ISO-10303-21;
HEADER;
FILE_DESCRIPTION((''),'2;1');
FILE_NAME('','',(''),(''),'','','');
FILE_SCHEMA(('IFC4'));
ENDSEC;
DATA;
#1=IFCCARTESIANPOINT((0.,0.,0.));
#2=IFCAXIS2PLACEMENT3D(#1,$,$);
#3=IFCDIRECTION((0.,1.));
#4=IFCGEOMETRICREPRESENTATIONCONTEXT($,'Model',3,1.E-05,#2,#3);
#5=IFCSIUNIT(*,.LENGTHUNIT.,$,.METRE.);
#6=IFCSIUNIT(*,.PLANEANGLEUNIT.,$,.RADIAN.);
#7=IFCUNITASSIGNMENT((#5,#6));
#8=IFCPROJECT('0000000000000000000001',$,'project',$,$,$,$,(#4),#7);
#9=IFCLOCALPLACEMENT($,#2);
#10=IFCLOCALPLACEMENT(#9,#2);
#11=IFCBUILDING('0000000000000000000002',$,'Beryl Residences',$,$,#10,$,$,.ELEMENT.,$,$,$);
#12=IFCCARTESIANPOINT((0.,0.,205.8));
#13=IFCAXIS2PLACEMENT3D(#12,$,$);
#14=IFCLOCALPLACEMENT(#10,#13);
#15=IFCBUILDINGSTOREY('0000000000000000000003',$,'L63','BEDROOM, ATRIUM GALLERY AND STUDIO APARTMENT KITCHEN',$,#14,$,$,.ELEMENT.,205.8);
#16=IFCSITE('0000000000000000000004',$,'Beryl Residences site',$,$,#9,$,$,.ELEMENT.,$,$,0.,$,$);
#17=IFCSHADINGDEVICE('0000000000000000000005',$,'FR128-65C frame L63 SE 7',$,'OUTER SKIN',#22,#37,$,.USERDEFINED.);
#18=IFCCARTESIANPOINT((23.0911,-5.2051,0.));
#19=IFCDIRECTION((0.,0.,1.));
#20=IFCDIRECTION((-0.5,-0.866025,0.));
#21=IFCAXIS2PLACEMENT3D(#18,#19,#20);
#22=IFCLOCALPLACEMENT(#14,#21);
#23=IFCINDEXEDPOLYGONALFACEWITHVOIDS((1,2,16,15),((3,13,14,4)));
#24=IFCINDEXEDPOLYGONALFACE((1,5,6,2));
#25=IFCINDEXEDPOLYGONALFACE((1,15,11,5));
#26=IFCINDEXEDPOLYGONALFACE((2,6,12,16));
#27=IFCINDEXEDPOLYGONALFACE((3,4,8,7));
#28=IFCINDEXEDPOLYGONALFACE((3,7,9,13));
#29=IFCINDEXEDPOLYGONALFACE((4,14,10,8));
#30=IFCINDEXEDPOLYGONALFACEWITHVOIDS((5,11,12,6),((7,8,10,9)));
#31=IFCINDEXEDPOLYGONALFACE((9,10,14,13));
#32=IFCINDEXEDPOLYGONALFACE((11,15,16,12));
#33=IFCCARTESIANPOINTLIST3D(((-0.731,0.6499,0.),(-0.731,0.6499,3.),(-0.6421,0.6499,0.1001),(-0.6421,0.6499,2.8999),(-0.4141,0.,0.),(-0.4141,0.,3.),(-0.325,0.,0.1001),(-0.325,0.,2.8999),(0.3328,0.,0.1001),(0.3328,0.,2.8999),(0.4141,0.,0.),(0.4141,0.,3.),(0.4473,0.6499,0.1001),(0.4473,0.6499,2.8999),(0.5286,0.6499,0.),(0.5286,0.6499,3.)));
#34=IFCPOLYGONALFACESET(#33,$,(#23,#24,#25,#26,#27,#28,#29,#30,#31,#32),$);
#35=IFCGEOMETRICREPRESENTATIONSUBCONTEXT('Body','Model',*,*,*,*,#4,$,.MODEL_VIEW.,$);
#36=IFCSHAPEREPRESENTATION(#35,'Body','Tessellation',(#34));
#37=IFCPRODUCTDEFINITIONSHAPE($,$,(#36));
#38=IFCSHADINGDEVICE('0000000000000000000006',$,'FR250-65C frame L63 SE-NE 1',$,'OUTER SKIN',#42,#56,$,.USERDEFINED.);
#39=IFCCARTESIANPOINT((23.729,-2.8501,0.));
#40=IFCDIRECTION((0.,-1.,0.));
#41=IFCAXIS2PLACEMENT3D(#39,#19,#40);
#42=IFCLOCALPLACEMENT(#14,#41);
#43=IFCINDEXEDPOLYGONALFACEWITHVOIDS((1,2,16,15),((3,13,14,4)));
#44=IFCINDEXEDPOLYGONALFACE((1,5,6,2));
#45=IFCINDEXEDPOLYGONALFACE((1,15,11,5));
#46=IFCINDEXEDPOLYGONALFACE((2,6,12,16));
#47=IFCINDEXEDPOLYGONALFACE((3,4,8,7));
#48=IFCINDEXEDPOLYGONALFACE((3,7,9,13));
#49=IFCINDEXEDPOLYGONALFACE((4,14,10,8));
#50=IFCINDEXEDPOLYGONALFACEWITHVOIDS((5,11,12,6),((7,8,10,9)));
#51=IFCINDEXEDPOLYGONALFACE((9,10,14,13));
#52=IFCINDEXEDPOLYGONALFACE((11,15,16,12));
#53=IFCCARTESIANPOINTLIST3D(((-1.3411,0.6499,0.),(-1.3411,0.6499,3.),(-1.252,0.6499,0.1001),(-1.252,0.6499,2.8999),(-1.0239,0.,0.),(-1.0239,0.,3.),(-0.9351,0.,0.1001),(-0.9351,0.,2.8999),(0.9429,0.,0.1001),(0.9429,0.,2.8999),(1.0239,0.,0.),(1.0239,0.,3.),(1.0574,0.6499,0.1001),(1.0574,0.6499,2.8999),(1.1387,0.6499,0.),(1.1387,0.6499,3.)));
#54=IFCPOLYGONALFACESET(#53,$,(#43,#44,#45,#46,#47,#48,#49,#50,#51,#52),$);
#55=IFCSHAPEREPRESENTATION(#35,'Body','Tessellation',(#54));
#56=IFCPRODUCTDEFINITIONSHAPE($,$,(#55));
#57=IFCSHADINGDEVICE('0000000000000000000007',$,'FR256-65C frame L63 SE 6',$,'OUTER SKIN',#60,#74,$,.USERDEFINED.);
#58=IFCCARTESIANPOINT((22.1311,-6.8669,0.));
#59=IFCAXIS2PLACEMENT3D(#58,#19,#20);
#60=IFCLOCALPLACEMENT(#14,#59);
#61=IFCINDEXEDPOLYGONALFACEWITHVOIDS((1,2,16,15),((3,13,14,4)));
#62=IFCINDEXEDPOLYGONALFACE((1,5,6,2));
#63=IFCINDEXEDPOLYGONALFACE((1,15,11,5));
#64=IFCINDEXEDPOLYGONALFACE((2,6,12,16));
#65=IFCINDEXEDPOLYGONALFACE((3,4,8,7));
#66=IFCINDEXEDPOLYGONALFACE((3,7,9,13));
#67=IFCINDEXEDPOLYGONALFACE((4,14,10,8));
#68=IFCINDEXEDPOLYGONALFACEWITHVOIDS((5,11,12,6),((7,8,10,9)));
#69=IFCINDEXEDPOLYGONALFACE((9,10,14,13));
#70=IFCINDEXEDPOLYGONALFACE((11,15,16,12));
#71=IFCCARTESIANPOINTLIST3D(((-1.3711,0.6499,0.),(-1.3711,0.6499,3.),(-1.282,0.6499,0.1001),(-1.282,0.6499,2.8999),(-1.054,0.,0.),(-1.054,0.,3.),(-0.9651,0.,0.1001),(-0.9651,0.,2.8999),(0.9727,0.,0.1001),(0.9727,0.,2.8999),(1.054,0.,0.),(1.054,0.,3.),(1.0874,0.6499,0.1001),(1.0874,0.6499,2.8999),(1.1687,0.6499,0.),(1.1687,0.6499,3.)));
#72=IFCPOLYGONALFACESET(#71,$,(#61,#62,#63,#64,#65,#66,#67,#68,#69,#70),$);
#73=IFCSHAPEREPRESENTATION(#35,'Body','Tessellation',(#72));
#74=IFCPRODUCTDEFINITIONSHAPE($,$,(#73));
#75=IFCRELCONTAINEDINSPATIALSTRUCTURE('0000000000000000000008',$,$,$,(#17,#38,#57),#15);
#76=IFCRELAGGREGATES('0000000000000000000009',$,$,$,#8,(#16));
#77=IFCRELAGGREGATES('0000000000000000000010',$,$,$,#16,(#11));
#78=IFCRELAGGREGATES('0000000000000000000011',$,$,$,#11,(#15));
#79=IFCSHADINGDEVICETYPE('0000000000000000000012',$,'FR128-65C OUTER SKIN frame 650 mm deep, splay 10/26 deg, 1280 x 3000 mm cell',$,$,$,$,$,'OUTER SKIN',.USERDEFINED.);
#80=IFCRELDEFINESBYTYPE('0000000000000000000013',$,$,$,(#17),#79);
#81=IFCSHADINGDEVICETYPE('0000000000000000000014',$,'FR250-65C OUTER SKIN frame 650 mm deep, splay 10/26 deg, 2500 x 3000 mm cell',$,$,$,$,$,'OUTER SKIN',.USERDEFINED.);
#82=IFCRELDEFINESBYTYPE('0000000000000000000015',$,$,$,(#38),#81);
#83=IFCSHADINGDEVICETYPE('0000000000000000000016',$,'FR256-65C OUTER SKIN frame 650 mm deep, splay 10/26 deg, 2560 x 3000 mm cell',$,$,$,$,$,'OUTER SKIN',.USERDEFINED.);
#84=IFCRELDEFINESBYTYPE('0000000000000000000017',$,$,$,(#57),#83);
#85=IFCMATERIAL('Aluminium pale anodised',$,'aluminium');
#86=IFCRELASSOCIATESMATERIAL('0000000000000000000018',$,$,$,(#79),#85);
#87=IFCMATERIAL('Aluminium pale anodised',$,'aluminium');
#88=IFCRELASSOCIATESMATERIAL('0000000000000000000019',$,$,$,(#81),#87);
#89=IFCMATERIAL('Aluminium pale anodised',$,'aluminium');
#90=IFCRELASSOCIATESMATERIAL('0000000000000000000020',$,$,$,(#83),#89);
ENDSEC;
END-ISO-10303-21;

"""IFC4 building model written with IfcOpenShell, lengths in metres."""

from ifc_helpers import new_model, entity, si_unit, direction, frame, origin, place, context, subcontext, project, spatial, source, transform, mapped, material, type_object, type_shapes, element, save


model = new_model("IFC4")

# Units and contexts
model_context = context("Model", 3, precision=1e-05, world=origin(), true_north=direction((0.0, 1.0)))
body_context = subcontext(model_context, "Body", "Model", "MODEL_VIEW")
ifc_project = project(units=[si_unit("LENGTHUNIT", "METRE"), si_unit("PLANEANGLEUNIT", "RADIAN")], contexts=[model_context])

# Site, building, storey
site_placement = place(None, origin())
site = spatial("IfcSite", under=ifc_project, at=site_placement, Name="Beryl Residences site", CompositionType="ELEMENT", RefElevation=0.0)
building_placement = place(site_placement, origin())
building = spatial("IfcBuilding", under=site, at=building_placement, Name="Beryl Residences", CompositionType="ELEMENT")
storey_placement = place(building_placement, frame((0.0, 0.0, 205.8)))
storey = spatial("IfcBuildingStorey", under=building, at=storey_placement, Name="L63", Description="BEDROOM, ATRIUM GALLERY AND STUDIO APARTMENT KITCHEN", CompositionType="ELEMENT", Elevation=205.8)

# Shading devices
ifc_material_1 = material(Name="Aluminium pale anodised", Category="aluminium")
shading_device_type_1 = type_object("IfcShadingDeviceType", Name="FR128-65C OUTER SKIN frame 650 mm deep, splay 10/26 deg, 1280 x 3000 mm cell", ElementType="OUTER SKIN", PredefinedType="USERDEFINED", material=ifc_material_1)
cartesian_point_1 = entity("IfcCartesianPoint", [-0.4141, 0.0])
cartesian_point_2 = entity("IfcCartesianPoint", [-0.3328, 0.1001])
cartesian_point_3 = entity("IfcCartesianPoint", [-0.5286, 0.0])
cartesian_point_4 = entity("IfcCartesianPoint", [-0.4473, 0.1001])
shared_shape_1 = source(origin(), body_context, "Body", "SweptSolid", [
    entity("IfcExtrudedAreaSolidTapered", entity("IfcArbitraryProfileDefWithVoids", "AREA", None, entity("IfcPolyline", [cartesian_point_1, entity("IfcCartesianPoint", [0.4141, 0.0]), entity("IfcCartesianPoint", [0.4141, 3.0]), entity("IfcCartesianPoint", [-0.4141, 3.0]), cartesian_point_1]), [entity("IfcPolyline", [cartesian_point_2, entity("IfcCartesianPoint", [0.325, 0.1001]), entity("IfcCartesianPoint", [0.325, 2.8999]), entity("IfcCartesianPoint", [-0.3328, 2.8999]), cartesian_point_2])]), entity("IfcAxis2Placement3D", entity("IfcCartesianPoint", [0.0, 0.0, 0.0]), entity("IfcDirection", [0.0, 1.0, 0.0]), entity("IfcDirection", [-1.0, 0.0, 0.0])), entity("IfcDirection", [0.0, 0.0, 1.0]), 0.6499, entity("IfcArbitraryProfileDefWithVoids", "AREA", None, entity("IfcPolyline", [cartesian_point_3, entity("IfcCartesianPoint", [0.731, 0.0]), entity("IfcCartesianPoint", [0.731, 3.0]), entity("IfcCartesianPoint", [-0.5286, 3.0]), cartesian_point_3]), [entity("IfcPolyline", [cartesian_point_4, entity("IfcCartesianPoint", [0.6421, 0.1001]), entity("IfcCartesianPoint", [0.6421, 2.8999]), entity("IfcCartesianPoint", [-0.4473, 2.8999]), cartesian_point_4])])),
])
type_shapes(shading_device_type_1, [shared_shape_1])
shading_device_1_placement = place(storey_placement, frame((23.0911, -5.2051, 0.0), z_axis=(0.0, 0.0, 1.0), x_axis=(-0.5, -0.866025, 0.0)))
element("IfcShadingDevice", 1, at=shading_device_1_placement, inside=storey, type_object=shading_device_type_1, Name="FR128-65C frame L63 SE 7", ObjectType="OUTER SKIN", PredefinedType="USERDEFINED", context=body_context, shape_type="MappedRepresentation", body=[
    mapped(shared_shape_1, transform((0.0, 0.0, 0.0))),
])
ifc_material_2 = material(Name="Aluminium pale anodised", Category="aluminium")
shading_device_type_2 = type_object("IfcShadingDeviceType", Name="FR250-65C OUTER SKIN frame 650 mm deep, splay 10/26 deg, 2500 x 3000 mm cell", ElementType="OUTER SKIN", PredefinedType="USERDEFINED", material=ifc_material_2)
cartesian_point_5 = entity("IfcCartesianPoint", [-1.0239, 0.0])
cartesian_point_6 = entity("IfcCartesianPoint", [-0.9429, 0.1001])
cartesian_point_7 = entity("IfcCartesianPoint", [-1.1387, 0.0])
cartesian_point_8 = entity("IfcCartesianPoint", [-1.0574, 0.1001])
shared_shape_2 = source(origin(), body_context, "Body", "SweptSolid", [
    entity("IfcExtrudedAreaSolidTapered", entity("IfcArbitraryProfileDefWithVoids", "AREA", None, entity("IfcPolyline", [cartesian_point_5, entity("IfcCartesianPoint", [1.0239, 0.0]), entity("IfcCartesianPoint", [1.0239, 3.0]), entity("IfcCartesianPoint", [-1.0239, 3.0]), cartesian_point_5]), [entity("IfcPolyline", [cartesian_point_6, entity("IfcCartesianPoint", [0.9351, 0.1001]), entity("IfcCartesianPoint", [0.9351, 2.8999]), entity("IfcCartesianPoint", [-0.9429, 2.8999]), cartesian_point_6])]), entity("IfcAxis2Placement3D", entity("IfcCartesianPoint", [0.0, 0.0, 0.0]), entity("IfcDirection", [0.0, 1.0, 0.0]), entity("IfcDirection", [-1.0, 0.0, 0.0])), entity("IfcDirection", [0.0, 0.0, 1.0]), 0.6499, entity("IfcArbitraryProfileDefWithVoids", "AREA", None, entity("IfcPolyline", [cartesian_point_7, entity("IfcCartesianPoint", [1.3411, 0.0]), entity("IfcCartesianPoint", [1.3411, 3.0]), entity("IfcCartesianPoint", [-1.1387, 3.0]), cartesian_point_7]), [entity("IfcPolyline", [cartesian_point_8, entity("IfcCartesianPoint", [1.252, 0.1001]), entity("IfcCartesianPoint", [1.252, 2.8999]), entity("IfcCartesianPoint", [-1.0574, 2.8999]), cartesian_point_8])])),
])
type_shapes(shading_device_type_2, [shared_shape_2])
shading_device_2_placement = place(storey_placement, frame((23.729, -2.8501, 0.0), z_axis=(0.0, 0.0, 1.0), x_axis=(0.0, -1.0, 0.0)))
element("IfcShadingDevice", 2, at=shading_device_2_placement, inside=storey, type_object=shading_device_type_2, Name="FR250-65C frame L63 SE-NE 1", ObjectType="OUTER SKIN", PredefinedType="USERDEFINED", context=body_context, shape_type="MappedRepresentation", body=[
    mapped(shared_shape_2, transform((0.0, 0.0, 0.0))),
])
ifc_material_3 = material(Name="Aluminium pale anodised", Category="aluminium")
shading_device_type_3 = type_object("IfcShadingDeviceType", Name="FR256-65C OUTER SKIN frame 650 mm deep, splay 10/26 deg, 2560 x 3000 mm cell", ElementType="OUTER SKIN", PredefinedType="USERDEFINED", material=ifc_material_3)
cartesian_point_9 = entity("IfcCartesianPoint", [-1.054, 0.0])
cartesian_point_10 = entity("IfcCartesianPoint", [-0.9727, 0.1001])
cartesian_point_11 = entity("IfcCartesianPoint", [-1.1687, 0.0])
cartesian_point_12 = entity("IfcCartesianPoint", [-1.0874, 0.1001])
shared_shape_3 = source(origin(), body_context, "Body", "SweptSolid", [
    entity("IfcExtrudedAreaSolidTapered", entity("IfcArbitraryProfileDefWithVoids", "AREA", None, entity("IfcPolyline", [cartesian_point_9, entity("IfcCartesianPoint", [1.054, 0.0]), entity("IfcCartesianPoint", [1.054, 3.0]), entity("IfcCartesianPoint", [-1.054, 3.0]), cartesian_point_9]), [entity("IfcPolyline", [cartesian_point_10, entity("IfcCartesianPoint", [0.9651, 0.1001]), entity("IfcCartesianPoint", [0.9651, 2.8999]), entity("IfcCartesianPoint", [-0.9727, 2.8999]), cartesian_point_10])]), entity("IfcAxis2Placement3D", entity("IfcCartesianPoint", [0.0, 0.0, 0.0]), entity("IfcDirection", [0.0, 1.0, 0.0]), entity("IfcDirection", [-1.0, 0.0, 0.0])), entity("IfcDirection", [0.0, 0.0, 1.0]), 0.6499, entity("IfcArbitraryProfileDefWithVoids", "AREA", None, entity("IfcPolyline", [cartesian_point_11, entity("IfcCartesianPoint", [1.3711, 0.0]), entity("IfcCartesianPoint", [1.3711, 3.0]), entity("IfcCartesianPoint", [-1.1687, 3.0]), cartesian_point_11]), [entity("IfcPolyline", [cartesian_point_12, entity("IfcCartesianPoint", [1.282, 0.1001]), entity("IfcCartesianPoint", [1.282, 2.8999]), entity("IfcCartesianPoint", [-1.0874, 2.8999]), cartesian_point_12])])),
])
type_shapes(shading_device_type_3, [shared_shape_3])
shading_device_3_placement = place(storey_placement, frame((22.1311, -6.8669, 0.0), z_axis=(0.0, 0.0, 1.0), x_axis=(-0.5, -0.866025, 0.0)))
element("IfcShadingDevice", 3, at=shading_device_3_placement, inside=storey, type_object=shading_device_type_3, Name="FR256-65C frame L63 SE 6", ObjectType="OUTER SKIN", PredefinedType="USERDEFINED", context=body_context, shape_type="MappedRepresentation", body=[
    mapped(shared_shape_3, transform((0.0, 0.0, 0.0))),
])

save(model, "model.ifc")
